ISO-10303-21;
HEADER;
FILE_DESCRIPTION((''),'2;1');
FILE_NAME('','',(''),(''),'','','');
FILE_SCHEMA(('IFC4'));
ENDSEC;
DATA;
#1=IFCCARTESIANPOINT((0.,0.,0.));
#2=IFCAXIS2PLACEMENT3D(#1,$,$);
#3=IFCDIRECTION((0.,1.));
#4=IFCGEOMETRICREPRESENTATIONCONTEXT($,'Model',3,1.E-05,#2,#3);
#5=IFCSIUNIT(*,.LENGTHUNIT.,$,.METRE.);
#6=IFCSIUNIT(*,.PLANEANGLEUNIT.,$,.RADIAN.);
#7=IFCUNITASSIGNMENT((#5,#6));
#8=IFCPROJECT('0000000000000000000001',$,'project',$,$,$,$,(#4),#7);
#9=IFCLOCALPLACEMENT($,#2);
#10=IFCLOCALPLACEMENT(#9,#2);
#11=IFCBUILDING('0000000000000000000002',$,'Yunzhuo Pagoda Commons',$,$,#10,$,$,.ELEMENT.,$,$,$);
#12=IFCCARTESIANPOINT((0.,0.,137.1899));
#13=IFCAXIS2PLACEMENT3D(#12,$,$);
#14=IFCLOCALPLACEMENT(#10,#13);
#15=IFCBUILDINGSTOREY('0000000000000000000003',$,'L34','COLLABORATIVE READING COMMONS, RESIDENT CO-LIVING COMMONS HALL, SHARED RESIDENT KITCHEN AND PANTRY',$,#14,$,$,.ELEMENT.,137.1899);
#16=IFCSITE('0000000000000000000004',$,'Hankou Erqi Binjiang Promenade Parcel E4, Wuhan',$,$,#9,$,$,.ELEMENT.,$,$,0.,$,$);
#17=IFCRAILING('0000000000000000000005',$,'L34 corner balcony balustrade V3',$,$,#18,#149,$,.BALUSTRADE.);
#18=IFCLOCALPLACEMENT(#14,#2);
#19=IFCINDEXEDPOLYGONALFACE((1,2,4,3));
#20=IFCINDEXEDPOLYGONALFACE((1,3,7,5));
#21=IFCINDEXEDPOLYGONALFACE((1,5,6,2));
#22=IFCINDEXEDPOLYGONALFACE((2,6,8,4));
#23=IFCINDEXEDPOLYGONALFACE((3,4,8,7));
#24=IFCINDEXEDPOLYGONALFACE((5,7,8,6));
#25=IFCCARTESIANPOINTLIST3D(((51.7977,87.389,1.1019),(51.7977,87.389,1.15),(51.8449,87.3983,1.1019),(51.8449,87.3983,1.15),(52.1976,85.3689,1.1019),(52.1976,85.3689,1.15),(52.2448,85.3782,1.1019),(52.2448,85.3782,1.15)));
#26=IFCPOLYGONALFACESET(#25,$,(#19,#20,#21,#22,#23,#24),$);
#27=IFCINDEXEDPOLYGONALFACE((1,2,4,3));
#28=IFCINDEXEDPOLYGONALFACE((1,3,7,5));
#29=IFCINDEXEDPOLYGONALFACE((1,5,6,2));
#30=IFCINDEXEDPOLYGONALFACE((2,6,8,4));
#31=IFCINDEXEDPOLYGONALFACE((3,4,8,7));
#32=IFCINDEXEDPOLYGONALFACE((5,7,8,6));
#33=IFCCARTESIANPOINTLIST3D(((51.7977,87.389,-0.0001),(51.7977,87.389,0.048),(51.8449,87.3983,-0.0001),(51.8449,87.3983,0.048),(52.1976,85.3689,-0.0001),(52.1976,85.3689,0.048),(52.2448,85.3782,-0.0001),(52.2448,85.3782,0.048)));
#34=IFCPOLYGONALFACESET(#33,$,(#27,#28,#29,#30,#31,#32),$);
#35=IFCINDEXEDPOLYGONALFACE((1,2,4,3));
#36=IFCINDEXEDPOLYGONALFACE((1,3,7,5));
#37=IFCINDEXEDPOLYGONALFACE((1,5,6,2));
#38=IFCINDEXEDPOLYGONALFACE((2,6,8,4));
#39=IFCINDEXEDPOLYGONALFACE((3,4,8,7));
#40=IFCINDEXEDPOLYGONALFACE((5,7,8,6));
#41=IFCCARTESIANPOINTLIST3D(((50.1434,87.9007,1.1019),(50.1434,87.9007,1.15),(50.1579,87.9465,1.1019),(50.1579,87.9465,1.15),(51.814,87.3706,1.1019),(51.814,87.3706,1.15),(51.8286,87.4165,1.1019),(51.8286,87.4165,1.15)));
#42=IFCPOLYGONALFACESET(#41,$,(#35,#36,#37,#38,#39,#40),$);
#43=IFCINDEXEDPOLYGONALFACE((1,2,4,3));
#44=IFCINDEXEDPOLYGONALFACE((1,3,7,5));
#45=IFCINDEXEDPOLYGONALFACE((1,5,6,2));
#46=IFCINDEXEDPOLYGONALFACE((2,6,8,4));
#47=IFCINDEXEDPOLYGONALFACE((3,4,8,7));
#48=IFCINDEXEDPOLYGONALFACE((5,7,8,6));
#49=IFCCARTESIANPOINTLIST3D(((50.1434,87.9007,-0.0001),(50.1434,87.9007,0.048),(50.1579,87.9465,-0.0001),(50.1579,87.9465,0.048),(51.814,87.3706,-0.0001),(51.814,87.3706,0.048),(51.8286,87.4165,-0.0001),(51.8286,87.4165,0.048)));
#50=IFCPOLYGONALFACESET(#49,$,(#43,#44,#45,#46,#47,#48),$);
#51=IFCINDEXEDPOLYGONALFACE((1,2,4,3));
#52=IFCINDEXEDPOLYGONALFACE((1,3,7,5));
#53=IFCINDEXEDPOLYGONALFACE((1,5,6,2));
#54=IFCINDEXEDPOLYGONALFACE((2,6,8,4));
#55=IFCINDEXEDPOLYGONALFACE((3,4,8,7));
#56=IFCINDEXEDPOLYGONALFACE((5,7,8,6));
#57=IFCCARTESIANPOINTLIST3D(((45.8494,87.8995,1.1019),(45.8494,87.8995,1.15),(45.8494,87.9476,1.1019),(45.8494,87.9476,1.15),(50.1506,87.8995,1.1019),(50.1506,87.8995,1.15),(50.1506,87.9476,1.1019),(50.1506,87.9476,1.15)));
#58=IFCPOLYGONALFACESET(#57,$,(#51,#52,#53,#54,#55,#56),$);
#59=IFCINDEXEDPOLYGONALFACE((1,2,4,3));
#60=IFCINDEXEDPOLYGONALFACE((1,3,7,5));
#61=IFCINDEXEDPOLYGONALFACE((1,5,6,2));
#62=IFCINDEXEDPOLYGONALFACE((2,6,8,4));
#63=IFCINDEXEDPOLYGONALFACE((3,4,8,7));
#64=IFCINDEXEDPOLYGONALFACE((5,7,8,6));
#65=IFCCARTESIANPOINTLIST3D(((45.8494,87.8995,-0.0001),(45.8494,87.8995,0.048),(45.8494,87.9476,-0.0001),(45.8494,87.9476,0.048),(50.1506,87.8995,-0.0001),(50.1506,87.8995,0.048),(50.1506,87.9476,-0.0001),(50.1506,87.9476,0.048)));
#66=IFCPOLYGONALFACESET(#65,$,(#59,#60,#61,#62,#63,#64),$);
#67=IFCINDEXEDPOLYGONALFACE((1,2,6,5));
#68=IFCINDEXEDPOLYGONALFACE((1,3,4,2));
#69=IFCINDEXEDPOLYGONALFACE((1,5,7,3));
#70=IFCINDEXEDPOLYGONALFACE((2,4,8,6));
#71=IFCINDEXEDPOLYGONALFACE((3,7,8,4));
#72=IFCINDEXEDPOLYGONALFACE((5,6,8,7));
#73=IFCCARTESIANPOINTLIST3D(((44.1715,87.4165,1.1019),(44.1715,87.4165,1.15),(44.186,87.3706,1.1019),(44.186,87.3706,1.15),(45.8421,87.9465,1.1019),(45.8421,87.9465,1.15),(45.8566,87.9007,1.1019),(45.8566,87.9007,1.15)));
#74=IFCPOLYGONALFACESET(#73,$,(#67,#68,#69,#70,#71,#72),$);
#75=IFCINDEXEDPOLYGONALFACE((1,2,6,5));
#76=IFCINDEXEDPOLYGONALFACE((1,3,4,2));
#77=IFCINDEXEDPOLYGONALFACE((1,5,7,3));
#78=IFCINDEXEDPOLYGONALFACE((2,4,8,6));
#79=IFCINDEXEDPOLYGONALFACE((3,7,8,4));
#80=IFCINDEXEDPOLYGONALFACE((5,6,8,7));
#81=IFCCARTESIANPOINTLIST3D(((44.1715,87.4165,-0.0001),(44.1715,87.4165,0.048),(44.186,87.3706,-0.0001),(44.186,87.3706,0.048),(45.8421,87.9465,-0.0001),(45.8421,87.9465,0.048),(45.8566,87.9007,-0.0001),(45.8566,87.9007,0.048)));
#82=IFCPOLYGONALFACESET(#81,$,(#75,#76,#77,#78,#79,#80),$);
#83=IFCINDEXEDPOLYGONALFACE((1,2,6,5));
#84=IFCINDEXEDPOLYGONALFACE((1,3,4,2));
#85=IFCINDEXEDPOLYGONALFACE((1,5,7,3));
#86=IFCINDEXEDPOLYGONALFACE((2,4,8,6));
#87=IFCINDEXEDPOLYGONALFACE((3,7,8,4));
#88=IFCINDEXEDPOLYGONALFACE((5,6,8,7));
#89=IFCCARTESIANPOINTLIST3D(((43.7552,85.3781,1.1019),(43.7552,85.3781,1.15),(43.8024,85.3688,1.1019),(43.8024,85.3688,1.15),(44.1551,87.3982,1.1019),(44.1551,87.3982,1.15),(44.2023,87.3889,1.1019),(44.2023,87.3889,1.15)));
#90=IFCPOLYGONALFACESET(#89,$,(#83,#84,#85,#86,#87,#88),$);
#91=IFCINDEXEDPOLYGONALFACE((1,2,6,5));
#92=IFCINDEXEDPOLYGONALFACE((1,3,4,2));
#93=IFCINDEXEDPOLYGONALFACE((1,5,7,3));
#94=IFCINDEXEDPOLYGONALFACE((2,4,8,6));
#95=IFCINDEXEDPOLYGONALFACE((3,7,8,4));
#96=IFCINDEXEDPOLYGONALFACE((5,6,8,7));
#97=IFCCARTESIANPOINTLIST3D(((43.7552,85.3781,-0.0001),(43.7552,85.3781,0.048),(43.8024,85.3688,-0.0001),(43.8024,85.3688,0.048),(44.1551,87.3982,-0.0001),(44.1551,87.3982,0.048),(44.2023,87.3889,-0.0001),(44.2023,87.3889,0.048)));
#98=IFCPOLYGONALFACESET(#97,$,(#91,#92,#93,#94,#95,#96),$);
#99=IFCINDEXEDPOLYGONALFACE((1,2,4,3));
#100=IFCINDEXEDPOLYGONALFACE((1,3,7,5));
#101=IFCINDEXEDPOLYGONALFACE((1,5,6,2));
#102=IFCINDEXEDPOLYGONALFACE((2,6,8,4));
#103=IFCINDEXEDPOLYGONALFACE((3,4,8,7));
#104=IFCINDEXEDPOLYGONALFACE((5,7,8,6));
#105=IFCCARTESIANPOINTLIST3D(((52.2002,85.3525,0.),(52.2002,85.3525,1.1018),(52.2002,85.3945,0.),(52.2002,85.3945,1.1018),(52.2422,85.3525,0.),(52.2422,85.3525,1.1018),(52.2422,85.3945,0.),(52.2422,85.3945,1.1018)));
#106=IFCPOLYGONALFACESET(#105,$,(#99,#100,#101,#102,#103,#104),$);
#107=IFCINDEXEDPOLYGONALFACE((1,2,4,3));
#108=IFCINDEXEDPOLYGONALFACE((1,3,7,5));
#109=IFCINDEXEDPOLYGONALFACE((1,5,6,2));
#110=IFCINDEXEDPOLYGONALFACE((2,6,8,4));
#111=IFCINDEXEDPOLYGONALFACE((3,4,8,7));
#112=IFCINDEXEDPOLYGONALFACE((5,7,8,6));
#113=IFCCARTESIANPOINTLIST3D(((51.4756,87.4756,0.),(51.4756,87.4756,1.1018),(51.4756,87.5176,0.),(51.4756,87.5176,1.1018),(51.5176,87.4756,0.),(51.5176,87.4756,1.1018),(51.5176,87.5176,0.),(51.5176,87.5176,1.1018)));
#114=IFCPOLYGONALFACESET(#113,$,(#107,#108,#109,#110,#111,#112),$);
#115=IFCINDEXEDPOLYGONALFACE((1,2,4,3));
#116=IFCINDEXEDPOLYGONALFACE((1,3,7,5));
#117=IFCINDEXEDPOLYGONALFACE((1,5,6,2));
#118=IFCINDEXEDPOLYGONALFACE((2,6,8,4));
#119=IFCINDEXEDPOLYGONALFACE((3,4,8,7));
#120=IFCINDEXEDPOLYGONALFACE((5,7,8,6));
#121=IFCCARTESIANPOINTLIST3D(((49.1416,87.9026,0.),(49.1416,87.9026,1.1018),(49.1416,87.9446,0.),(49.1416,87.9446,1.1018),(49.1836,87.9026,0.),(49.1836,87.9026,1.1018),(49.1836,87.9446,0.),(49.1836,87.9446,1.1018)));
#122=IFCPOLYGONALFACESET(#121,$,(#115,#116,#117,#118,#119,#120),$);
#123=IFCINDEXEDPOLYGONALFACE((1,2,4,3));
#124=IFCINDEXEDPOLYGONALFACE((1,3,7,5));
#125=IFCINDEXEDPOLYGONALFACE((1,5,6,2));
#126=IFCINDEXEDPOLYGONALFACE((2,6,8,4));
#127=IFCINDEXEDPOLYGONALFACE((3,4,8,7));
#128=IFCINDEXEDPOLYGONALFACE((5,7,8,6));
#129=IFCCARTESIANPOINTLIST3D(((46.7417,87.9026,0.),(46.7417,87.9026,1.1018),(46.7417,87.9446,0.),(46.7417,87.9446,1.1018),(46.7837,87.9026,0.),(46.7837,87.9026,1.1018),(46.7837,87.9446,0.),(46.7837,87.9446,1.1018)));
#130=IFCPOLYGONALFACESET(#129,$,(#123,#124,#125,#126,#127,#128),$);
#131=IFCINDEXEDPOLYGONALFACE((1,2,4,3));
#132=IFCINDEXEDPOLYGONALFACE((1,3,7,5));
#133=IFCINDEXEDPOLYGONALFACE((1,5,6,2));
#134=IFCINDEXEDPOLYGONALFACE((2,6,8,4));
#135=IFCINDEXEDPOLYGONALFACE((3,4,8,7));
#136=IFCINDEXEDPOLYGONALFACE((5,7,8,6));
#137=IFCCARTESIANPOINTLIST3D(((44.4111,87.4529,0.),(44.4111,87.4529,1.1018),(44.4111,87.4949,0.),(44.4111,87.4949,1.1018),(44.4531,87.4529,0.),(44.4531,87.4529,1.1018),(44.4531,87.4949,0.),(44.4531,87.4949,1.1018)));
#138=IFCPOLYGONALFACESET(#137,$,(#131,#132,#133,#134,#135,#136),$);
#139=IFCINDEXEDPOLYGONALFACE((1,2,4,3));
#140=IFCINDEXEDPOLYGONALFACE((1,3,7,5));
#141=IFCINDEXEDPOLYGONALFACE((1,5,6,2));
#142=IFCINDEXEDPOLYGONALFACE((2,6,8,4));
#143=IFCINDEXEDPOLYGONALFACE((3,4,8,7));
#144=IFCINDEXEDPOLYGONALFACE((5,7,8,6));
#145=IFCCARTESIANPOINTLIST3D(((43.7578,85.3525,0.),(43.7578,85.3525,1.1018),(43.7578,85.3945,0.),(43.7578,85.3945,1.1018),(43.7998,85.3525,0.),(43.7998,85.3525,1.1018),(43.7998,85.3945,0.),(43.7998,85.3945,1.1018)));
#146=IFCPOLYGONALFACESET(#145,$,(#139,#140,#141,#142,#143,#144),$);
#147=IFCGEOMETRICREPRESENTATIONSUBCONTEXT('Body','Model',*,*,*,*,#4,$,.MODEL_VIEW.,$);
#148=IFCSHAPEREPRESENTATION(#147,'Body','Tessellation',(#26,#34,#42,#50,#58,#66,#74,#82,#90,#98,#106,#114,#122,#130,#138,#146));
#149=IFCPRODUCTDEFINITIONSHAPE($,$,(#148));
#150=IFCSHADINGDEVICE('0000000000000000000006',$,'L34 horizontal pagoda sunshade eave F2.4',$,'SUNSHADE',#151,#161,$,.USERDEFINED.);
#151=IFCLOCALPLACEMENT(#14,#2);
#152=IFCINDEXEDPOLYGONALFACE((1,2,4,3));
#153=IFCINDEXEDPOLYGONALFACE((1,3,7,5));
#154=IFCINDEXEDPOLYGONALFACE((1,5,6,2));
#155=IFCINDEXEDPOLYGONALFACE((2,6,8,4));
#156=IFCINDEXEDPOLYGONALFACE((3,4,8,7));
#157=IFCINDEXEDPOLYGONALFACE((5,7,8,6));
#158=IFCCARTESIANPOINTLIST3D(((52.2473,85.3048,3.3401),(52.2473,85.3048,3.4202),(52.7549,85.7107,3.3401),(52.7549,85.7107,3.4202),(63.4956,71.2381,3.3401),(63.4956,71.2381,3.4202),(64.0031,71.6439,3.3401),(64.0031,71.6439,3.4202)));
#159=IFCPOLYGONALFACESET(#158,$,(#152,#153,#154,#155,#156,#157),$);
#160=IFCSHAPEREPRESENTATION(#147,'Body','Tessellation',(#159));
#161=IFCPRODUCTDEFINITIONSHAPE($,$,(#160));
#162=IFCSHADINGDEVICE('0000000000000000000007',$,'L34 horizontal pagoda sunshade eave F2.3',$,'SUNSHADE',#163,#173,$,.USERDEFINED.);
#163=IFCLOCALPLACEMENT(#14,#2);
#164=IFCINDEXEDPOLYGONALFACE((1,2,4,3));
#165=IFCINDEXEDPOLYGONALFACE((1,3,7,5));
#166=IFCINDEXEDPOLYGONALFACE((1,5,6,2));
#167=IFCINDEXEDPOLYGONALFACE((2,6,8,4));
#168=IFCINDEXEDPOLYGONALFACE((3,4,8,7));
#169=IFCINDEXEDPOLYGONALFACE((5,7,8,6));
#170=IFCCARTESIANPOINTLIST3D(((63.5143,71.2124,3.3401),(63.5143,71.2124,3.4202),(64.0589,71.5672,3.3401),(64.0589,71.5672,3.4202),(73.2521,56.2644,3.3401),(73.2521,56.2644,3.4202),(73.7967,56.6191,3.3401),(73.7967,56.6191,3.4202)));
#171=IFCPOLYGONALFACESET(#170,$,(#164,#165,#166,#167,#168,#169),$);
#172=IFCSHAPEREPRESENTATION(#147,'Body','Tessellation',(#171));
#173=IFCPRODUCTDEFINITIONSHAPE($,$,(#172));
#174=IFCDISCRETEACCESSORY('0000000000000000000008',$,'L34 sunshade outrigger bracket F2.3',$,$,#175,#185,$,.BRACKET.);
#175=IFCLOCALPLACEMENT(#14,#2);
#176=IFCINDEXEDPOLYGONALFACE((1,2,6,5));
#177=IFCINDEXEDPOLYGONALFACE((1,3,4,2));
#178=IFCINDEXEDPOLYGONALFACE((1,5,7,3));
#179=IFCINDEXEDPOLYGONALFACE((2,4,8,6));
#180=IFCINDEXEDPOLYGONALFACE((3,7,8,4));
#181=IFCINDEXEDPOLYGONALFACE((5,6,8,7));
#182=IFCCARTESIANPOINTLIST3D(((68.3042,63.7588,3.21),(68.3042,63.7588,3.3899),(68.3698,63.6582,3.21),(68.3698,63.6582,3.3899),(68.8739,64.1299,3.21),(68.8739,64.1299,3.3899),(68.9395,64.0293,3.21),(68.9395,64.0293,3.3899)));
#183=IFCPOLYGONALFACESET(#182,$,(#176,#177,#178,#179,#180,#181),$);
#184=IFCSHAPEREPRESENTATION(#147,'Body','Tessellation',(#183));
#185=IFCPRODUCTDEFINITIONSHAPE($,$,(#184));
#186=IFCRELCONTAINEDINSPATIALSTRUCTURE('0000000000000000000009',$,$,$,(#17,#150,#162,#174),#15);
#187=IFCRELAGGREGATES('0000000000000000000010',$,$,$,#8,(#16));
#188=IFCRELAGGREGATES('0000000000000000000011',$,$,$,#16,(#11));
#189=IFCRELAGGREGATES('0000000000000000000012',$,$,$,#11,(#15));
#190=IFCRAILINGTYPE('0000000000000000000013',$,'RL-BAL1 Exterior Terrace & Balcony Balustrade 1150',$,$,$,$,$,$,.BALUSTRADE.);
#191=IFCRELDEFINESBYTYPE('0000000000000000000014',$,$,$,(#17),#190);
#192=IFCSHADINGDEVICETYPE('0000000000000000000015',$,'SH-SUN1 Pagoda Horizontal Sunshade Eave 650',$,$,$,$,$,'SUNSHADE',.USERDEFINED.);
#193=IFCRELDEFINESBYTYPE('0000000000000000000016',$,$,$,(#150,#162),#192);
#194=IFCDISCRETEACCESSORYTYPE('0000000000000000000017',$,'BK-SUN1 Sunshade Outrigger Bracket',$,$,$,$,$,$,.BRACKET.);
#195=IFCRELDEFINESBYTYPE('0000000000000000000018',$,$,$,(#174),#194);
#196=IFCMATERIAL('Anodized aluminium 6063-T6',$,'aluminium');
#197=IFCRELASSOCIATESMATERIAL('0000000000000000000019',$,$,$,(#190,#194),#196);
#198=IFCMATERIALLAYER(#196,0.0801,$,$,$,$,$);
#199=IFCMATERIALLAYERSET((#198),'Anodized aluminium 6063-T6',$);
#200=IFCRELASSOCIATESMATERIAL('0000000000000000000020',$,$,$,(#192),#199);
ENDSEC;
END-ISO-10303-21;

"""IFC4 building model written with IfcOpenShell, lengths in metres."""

from ifc_helpers import new_model, si_unit, direction, frame, origin, origin_2d, place, context, subcontext, project, spatial, rectangle, extrude, source, transform, mapped, material, layer, layer_set, type_object, element, save


model = new_model("IFC4")

# Units and contexts
model_context = context("Model", 3, precision=1e-05, world=origin(), true_north=direction((0.0, 1.0)))
body_context = subcontext(model_context, "Body", "Model", "MODEL_VIEW")
ifc_project = project(units=[si_unit("LENGTHUNIT", "METRE"), si_unit("PLANEANGLEUNIT", "RADIAN")], contexts=[model_context])

# Site, building, storey
site_placement = place(None, origin())
site = spatial("IfcSite", under=ifc_project, at=site_placement, Name="Hankou Erqi Binjiang Promenade Parcel E4, Wuhan", CompositionType="ELEMENT", RefElevation=0.0)
building_placement = place(site_placement, origin())
building = spatial("IfcBuilding", under=site, at=building_placement, Name="Yunzhuo Pagoda Commons", CompositionType="ELEMENT")
storey_placement = place(building_placement, frame((0.0, 0.0, 137.1899)))
storey = spatial("IfcBuildingStorey", under=building, at=storey_placement, Name="L34", Description="COLLABORATIVE READING COMMONS, RESIDENT CO-LIVING COMMONS HALL, SHARED RESIDENT KITCHEN AND PANTRY", CompositionType="ELEMENT", Elevation=137.1899)

# Shared definitions
ifc_material_1 = material(Name="Anodized aluminium 6063-T6", Category="aluminium")

# Railing
railing_type_1 = type_object("IfcRailingType", Name="RL-BAL1 Exterior Terrace & Balcony Balustrade 1150", PredefinedType="BALUSTRADE", material=ifc_material_1)
railing_1_placement = place(storey_placement, frame((52.2212, 85.3735, 0.0)))
element("IfcRailing", 1, at=railing_1_placement, inside=storey, type_object=railing_type_1, Name="L34 corner balcony balustrade V3", PredefinedType="BALUSTRADE", context=body_context, shape_type="SweptSolid", body=[
    extrude(rectangle(XDim=0.0481, YDim=0.0481, at=origin_2d()), frame((0.0, 0.0, 1.126), z_axis=(-0.194201, 0.980962, 0.0), x_axis=(-0.980962, -0.194201, 0.0)), (0.0, 0.0, 1.0), 2.0593),
    extrude(rectangle(XDim=0.0481, YDim=0.0481, at=origin_2d()), frame((0.0, 0.0, 0.0239), z_axis=(-0.194201, 0.980962, 0.0), x_axis=(-0.980962, -0.194201, 0.0)), (0.0, 0.0, 1.0), 2.0593),
    extrude(rectangle(XDim=0.0481, YDim=0.0481, at=origin_2d()), frame((-0.3999, 2.02, 1.126), z_axis=(-0.95318, 0.302404, 0.0), x_axis=(-0.302404, -0.95318, 0.0)), (0.0, 0.0, 1.0), 1.7527),
    extrude(rectangle(XDim=0.0481, YDim=0.0481, at=origin_2d()), frame((-0.3999, 2.02, 0.0239), z_axis=(-0.95318, 0.302404, 0.0), x_axis=(-0.302404, -0.95318, 0.0)), (0.0, 0.0, 1.0), 1.7527),
    extrude(rectangle(XDim=0.0481, YDim=0.0481, at=origin_2d()), frame((-2.0706, 2.55, 1.126), z_axis=(-1.0, 0.0, 0.0), x_axis=(0.0, -1.0, 0.0)), (0.0, 0.0, 1.0), 4.3013),
    extrude(rectangle(XDim=0.0481, YDim=0.0481, at=origin_2d()), frame((-2.0706, 2.55, 0.0239), z_axis=(-1.0, 0.0, 0.0), x_axis=(0.0, -1.0, 0.0)), (0.0, 0.0, 1.0), 4.3013),
    extrude(rectangle(XDim=0.0481, YDim=0.0481, at=origin_2d()), frame((-6.3718, 2.55, 1.126), z_axis=(-0.95318, -0.302404, 0.0), x_axis=(0.302404, -0.95318, 0.0)), (0.0, 0.0, 1.0), 1.7527),
    extrude(rectangle(XDim=0.0481, YDim=0.0481, at=origin_2d()), frame((-6.3718, 2.55, 0.0239), z_axis=(-0.95318, -0.302404, 0.0), x_axis=(0.302404, -0.95318, 0.0)), (0.0, 0.0, 1.0), 1.7527),
    extrude(rectangle(XDim=0.0481, YDim=0.0481, at=origin_2d()), frame((-8.0425, 2.02, 1.126), z_axis=(-0.194201, -0.980962, 0.0), x_axis=(0.980962, -0.194201, 0.0)), (0.0, 0.0, 1.0), 2.0593),
    extrude(rectangle(XDim=0.0481, YDim=0.0481, at=origin_2d()), frame((-8.0425, 2.02, 0.0239), z_axis=(-0.194201, -0.980962, 0.0), x_axis=(0.980962, -0.194201, 0.0)), (0.0, 0.0, 1.0), 2.0593),
    extrude(rectangle(XDim=0.042, YDim=0.042, at=origin_2d()), origin(), (0.0, 0.0, 1.0), 1.1018),
    extrude(rectangle(XDim=0.042, YDim=0.042, at=origin_2d()), frame((-0.7246, 2.123, 0.0)), (0.0, 0.0, 1.0), 1.1018),
    extrude(rectangle(XDim=0.042, YDim=0.042, at=origin_2d()), frame((-3.0586, 2.55, 0.0)), (0.0, 0.0, 1.0), 1.1018),
    extrude(rectangle(XDim=0.042, YDim=0.042, at=origin_2d()), frame((-5.4585, 2.55, 0.0)), (0.0, 0.0, 1.0), 1.1018),
    extrude(rectangle(XDim=0.042, YDim=0.042, at=origin_2d()), frame((-7.7891, 2.1003, 0.0)), (0.0, 0.0, 1.0), 1.1018),
    extrude(rectangle(XDim=0.042, YDim=0.042, at=origin_2d()), frame((-8.4424, 0.0, 0.0)), (0.0, 0.0, 1.0), 1.1018),
])

# Shading devices
ifc_layer_1 = layer(ifc_material_1, 0.0801)
ifc_layer_set_1 = layer_set([ifc_layer_1], Name="Anodized aluminium 6063-T6")
shading_device_type = type_object("IfcShadingDeviceType", Name="SH-SUN1 Pagoda Horizontal Sunshade Eave 650", ElementType="SUNSHADE", PredefinedType="USERDEFINED", material=ifc_layer_set_1)
shared_shape_1 = source(origin(), body_context, "Body", "SweptSolid", [
    extrude(rectangle(XDim=18.011, YDim=0.6499, at=origin_2d()), origin(), (0.0, 0.0, 1.0), 0.0801),
])
shading_device_1_placement = place(storey_placement, frame((58.1252, 78.4744, 3.3401), z_axis=(0.0, 0.0, 1.0), x_axis=(-0.62452, 0.781008, 0.0)))
element("IfcShadingDevice", 2, at=shading_device_1_placement, inside=storey, type_object=shading_device_type, Name="L34 horizontal pagoda sunshade eave F2.4", ObjectType="SUNSHADE", PredefinedType="USERDEFINED", context=body_context, shape_type="MappedRepresentation", body=[
    mapped(shared_shape_1, transform((0.0, 0.0, 0.0), scale=1.0)),
])
shared_shape_2 = source(origin(), body_context, "Body", "SweptSolid", [
    extrude(rectangle(XDim=17.8401, YDim=0.6499, at=origin_2d()), origin(), (0.0, 0.0, 1.0), 0.0801),
])
shading_device_2_placement = place(storey_placement, frame((68.6555, 63.9158, 3.3401), z_axis=(0.0, 0.0, 1.0), x_axis=(-0.545839, 0.83789, 0.0)))
element("IfcShadingDevice", 3, at=shading_device_2_placement, inside=storey, type_object=shading_device_type, Name="L34 horizontal pagoda sunshade eave F2.3", ObjectType="SUNSHADE", PredefinedType="USERDEFINED", context=body_context, shape_type="MappedRepresentation", body=[
    mapped(shared_shape_2, transform((0.0, 0.0, 0.0), scale=1.0)),
])

# Discrete accessory
discrete_accessory_type = type_object("IfcDiscreteAccessoryType", Name="BK-SUN1 Sunshade Outrigger Bracket", PredefinedType="BRACKET", material=ifc_material_1)
shared_shape_3 = source(origin(), body_context, "Body", "SweptSolid", [
    extrude(rectangle(XDim=0.1201, YDim=0.6799, at=origin_2d()), origin(), (0.0, 0.0, 1.0), 0.1799),
])
discrete_accessory_placement = place(storey_placement, frame((68.6218, 63.894, 3.21), z_axis=(0.0, 0.0, 1.0), x_axis=(-0.545839, 0.83789, 0.0)))
element("IfcDiscreteAccessory", 4, at=discrete_accessory_placement, inside=storey, type_object=discrete_accessory_type, Name="L34 sunshade outrigger bracket F2.3", PredefinedType="BRACKET", context=body_context, shape_type="MappedRepresentation", body=[
    mapped(shared_shape_3, transform((0.0, 0.0, 0.0), scale=1.0)),
])

save(model, "model.ifc")
